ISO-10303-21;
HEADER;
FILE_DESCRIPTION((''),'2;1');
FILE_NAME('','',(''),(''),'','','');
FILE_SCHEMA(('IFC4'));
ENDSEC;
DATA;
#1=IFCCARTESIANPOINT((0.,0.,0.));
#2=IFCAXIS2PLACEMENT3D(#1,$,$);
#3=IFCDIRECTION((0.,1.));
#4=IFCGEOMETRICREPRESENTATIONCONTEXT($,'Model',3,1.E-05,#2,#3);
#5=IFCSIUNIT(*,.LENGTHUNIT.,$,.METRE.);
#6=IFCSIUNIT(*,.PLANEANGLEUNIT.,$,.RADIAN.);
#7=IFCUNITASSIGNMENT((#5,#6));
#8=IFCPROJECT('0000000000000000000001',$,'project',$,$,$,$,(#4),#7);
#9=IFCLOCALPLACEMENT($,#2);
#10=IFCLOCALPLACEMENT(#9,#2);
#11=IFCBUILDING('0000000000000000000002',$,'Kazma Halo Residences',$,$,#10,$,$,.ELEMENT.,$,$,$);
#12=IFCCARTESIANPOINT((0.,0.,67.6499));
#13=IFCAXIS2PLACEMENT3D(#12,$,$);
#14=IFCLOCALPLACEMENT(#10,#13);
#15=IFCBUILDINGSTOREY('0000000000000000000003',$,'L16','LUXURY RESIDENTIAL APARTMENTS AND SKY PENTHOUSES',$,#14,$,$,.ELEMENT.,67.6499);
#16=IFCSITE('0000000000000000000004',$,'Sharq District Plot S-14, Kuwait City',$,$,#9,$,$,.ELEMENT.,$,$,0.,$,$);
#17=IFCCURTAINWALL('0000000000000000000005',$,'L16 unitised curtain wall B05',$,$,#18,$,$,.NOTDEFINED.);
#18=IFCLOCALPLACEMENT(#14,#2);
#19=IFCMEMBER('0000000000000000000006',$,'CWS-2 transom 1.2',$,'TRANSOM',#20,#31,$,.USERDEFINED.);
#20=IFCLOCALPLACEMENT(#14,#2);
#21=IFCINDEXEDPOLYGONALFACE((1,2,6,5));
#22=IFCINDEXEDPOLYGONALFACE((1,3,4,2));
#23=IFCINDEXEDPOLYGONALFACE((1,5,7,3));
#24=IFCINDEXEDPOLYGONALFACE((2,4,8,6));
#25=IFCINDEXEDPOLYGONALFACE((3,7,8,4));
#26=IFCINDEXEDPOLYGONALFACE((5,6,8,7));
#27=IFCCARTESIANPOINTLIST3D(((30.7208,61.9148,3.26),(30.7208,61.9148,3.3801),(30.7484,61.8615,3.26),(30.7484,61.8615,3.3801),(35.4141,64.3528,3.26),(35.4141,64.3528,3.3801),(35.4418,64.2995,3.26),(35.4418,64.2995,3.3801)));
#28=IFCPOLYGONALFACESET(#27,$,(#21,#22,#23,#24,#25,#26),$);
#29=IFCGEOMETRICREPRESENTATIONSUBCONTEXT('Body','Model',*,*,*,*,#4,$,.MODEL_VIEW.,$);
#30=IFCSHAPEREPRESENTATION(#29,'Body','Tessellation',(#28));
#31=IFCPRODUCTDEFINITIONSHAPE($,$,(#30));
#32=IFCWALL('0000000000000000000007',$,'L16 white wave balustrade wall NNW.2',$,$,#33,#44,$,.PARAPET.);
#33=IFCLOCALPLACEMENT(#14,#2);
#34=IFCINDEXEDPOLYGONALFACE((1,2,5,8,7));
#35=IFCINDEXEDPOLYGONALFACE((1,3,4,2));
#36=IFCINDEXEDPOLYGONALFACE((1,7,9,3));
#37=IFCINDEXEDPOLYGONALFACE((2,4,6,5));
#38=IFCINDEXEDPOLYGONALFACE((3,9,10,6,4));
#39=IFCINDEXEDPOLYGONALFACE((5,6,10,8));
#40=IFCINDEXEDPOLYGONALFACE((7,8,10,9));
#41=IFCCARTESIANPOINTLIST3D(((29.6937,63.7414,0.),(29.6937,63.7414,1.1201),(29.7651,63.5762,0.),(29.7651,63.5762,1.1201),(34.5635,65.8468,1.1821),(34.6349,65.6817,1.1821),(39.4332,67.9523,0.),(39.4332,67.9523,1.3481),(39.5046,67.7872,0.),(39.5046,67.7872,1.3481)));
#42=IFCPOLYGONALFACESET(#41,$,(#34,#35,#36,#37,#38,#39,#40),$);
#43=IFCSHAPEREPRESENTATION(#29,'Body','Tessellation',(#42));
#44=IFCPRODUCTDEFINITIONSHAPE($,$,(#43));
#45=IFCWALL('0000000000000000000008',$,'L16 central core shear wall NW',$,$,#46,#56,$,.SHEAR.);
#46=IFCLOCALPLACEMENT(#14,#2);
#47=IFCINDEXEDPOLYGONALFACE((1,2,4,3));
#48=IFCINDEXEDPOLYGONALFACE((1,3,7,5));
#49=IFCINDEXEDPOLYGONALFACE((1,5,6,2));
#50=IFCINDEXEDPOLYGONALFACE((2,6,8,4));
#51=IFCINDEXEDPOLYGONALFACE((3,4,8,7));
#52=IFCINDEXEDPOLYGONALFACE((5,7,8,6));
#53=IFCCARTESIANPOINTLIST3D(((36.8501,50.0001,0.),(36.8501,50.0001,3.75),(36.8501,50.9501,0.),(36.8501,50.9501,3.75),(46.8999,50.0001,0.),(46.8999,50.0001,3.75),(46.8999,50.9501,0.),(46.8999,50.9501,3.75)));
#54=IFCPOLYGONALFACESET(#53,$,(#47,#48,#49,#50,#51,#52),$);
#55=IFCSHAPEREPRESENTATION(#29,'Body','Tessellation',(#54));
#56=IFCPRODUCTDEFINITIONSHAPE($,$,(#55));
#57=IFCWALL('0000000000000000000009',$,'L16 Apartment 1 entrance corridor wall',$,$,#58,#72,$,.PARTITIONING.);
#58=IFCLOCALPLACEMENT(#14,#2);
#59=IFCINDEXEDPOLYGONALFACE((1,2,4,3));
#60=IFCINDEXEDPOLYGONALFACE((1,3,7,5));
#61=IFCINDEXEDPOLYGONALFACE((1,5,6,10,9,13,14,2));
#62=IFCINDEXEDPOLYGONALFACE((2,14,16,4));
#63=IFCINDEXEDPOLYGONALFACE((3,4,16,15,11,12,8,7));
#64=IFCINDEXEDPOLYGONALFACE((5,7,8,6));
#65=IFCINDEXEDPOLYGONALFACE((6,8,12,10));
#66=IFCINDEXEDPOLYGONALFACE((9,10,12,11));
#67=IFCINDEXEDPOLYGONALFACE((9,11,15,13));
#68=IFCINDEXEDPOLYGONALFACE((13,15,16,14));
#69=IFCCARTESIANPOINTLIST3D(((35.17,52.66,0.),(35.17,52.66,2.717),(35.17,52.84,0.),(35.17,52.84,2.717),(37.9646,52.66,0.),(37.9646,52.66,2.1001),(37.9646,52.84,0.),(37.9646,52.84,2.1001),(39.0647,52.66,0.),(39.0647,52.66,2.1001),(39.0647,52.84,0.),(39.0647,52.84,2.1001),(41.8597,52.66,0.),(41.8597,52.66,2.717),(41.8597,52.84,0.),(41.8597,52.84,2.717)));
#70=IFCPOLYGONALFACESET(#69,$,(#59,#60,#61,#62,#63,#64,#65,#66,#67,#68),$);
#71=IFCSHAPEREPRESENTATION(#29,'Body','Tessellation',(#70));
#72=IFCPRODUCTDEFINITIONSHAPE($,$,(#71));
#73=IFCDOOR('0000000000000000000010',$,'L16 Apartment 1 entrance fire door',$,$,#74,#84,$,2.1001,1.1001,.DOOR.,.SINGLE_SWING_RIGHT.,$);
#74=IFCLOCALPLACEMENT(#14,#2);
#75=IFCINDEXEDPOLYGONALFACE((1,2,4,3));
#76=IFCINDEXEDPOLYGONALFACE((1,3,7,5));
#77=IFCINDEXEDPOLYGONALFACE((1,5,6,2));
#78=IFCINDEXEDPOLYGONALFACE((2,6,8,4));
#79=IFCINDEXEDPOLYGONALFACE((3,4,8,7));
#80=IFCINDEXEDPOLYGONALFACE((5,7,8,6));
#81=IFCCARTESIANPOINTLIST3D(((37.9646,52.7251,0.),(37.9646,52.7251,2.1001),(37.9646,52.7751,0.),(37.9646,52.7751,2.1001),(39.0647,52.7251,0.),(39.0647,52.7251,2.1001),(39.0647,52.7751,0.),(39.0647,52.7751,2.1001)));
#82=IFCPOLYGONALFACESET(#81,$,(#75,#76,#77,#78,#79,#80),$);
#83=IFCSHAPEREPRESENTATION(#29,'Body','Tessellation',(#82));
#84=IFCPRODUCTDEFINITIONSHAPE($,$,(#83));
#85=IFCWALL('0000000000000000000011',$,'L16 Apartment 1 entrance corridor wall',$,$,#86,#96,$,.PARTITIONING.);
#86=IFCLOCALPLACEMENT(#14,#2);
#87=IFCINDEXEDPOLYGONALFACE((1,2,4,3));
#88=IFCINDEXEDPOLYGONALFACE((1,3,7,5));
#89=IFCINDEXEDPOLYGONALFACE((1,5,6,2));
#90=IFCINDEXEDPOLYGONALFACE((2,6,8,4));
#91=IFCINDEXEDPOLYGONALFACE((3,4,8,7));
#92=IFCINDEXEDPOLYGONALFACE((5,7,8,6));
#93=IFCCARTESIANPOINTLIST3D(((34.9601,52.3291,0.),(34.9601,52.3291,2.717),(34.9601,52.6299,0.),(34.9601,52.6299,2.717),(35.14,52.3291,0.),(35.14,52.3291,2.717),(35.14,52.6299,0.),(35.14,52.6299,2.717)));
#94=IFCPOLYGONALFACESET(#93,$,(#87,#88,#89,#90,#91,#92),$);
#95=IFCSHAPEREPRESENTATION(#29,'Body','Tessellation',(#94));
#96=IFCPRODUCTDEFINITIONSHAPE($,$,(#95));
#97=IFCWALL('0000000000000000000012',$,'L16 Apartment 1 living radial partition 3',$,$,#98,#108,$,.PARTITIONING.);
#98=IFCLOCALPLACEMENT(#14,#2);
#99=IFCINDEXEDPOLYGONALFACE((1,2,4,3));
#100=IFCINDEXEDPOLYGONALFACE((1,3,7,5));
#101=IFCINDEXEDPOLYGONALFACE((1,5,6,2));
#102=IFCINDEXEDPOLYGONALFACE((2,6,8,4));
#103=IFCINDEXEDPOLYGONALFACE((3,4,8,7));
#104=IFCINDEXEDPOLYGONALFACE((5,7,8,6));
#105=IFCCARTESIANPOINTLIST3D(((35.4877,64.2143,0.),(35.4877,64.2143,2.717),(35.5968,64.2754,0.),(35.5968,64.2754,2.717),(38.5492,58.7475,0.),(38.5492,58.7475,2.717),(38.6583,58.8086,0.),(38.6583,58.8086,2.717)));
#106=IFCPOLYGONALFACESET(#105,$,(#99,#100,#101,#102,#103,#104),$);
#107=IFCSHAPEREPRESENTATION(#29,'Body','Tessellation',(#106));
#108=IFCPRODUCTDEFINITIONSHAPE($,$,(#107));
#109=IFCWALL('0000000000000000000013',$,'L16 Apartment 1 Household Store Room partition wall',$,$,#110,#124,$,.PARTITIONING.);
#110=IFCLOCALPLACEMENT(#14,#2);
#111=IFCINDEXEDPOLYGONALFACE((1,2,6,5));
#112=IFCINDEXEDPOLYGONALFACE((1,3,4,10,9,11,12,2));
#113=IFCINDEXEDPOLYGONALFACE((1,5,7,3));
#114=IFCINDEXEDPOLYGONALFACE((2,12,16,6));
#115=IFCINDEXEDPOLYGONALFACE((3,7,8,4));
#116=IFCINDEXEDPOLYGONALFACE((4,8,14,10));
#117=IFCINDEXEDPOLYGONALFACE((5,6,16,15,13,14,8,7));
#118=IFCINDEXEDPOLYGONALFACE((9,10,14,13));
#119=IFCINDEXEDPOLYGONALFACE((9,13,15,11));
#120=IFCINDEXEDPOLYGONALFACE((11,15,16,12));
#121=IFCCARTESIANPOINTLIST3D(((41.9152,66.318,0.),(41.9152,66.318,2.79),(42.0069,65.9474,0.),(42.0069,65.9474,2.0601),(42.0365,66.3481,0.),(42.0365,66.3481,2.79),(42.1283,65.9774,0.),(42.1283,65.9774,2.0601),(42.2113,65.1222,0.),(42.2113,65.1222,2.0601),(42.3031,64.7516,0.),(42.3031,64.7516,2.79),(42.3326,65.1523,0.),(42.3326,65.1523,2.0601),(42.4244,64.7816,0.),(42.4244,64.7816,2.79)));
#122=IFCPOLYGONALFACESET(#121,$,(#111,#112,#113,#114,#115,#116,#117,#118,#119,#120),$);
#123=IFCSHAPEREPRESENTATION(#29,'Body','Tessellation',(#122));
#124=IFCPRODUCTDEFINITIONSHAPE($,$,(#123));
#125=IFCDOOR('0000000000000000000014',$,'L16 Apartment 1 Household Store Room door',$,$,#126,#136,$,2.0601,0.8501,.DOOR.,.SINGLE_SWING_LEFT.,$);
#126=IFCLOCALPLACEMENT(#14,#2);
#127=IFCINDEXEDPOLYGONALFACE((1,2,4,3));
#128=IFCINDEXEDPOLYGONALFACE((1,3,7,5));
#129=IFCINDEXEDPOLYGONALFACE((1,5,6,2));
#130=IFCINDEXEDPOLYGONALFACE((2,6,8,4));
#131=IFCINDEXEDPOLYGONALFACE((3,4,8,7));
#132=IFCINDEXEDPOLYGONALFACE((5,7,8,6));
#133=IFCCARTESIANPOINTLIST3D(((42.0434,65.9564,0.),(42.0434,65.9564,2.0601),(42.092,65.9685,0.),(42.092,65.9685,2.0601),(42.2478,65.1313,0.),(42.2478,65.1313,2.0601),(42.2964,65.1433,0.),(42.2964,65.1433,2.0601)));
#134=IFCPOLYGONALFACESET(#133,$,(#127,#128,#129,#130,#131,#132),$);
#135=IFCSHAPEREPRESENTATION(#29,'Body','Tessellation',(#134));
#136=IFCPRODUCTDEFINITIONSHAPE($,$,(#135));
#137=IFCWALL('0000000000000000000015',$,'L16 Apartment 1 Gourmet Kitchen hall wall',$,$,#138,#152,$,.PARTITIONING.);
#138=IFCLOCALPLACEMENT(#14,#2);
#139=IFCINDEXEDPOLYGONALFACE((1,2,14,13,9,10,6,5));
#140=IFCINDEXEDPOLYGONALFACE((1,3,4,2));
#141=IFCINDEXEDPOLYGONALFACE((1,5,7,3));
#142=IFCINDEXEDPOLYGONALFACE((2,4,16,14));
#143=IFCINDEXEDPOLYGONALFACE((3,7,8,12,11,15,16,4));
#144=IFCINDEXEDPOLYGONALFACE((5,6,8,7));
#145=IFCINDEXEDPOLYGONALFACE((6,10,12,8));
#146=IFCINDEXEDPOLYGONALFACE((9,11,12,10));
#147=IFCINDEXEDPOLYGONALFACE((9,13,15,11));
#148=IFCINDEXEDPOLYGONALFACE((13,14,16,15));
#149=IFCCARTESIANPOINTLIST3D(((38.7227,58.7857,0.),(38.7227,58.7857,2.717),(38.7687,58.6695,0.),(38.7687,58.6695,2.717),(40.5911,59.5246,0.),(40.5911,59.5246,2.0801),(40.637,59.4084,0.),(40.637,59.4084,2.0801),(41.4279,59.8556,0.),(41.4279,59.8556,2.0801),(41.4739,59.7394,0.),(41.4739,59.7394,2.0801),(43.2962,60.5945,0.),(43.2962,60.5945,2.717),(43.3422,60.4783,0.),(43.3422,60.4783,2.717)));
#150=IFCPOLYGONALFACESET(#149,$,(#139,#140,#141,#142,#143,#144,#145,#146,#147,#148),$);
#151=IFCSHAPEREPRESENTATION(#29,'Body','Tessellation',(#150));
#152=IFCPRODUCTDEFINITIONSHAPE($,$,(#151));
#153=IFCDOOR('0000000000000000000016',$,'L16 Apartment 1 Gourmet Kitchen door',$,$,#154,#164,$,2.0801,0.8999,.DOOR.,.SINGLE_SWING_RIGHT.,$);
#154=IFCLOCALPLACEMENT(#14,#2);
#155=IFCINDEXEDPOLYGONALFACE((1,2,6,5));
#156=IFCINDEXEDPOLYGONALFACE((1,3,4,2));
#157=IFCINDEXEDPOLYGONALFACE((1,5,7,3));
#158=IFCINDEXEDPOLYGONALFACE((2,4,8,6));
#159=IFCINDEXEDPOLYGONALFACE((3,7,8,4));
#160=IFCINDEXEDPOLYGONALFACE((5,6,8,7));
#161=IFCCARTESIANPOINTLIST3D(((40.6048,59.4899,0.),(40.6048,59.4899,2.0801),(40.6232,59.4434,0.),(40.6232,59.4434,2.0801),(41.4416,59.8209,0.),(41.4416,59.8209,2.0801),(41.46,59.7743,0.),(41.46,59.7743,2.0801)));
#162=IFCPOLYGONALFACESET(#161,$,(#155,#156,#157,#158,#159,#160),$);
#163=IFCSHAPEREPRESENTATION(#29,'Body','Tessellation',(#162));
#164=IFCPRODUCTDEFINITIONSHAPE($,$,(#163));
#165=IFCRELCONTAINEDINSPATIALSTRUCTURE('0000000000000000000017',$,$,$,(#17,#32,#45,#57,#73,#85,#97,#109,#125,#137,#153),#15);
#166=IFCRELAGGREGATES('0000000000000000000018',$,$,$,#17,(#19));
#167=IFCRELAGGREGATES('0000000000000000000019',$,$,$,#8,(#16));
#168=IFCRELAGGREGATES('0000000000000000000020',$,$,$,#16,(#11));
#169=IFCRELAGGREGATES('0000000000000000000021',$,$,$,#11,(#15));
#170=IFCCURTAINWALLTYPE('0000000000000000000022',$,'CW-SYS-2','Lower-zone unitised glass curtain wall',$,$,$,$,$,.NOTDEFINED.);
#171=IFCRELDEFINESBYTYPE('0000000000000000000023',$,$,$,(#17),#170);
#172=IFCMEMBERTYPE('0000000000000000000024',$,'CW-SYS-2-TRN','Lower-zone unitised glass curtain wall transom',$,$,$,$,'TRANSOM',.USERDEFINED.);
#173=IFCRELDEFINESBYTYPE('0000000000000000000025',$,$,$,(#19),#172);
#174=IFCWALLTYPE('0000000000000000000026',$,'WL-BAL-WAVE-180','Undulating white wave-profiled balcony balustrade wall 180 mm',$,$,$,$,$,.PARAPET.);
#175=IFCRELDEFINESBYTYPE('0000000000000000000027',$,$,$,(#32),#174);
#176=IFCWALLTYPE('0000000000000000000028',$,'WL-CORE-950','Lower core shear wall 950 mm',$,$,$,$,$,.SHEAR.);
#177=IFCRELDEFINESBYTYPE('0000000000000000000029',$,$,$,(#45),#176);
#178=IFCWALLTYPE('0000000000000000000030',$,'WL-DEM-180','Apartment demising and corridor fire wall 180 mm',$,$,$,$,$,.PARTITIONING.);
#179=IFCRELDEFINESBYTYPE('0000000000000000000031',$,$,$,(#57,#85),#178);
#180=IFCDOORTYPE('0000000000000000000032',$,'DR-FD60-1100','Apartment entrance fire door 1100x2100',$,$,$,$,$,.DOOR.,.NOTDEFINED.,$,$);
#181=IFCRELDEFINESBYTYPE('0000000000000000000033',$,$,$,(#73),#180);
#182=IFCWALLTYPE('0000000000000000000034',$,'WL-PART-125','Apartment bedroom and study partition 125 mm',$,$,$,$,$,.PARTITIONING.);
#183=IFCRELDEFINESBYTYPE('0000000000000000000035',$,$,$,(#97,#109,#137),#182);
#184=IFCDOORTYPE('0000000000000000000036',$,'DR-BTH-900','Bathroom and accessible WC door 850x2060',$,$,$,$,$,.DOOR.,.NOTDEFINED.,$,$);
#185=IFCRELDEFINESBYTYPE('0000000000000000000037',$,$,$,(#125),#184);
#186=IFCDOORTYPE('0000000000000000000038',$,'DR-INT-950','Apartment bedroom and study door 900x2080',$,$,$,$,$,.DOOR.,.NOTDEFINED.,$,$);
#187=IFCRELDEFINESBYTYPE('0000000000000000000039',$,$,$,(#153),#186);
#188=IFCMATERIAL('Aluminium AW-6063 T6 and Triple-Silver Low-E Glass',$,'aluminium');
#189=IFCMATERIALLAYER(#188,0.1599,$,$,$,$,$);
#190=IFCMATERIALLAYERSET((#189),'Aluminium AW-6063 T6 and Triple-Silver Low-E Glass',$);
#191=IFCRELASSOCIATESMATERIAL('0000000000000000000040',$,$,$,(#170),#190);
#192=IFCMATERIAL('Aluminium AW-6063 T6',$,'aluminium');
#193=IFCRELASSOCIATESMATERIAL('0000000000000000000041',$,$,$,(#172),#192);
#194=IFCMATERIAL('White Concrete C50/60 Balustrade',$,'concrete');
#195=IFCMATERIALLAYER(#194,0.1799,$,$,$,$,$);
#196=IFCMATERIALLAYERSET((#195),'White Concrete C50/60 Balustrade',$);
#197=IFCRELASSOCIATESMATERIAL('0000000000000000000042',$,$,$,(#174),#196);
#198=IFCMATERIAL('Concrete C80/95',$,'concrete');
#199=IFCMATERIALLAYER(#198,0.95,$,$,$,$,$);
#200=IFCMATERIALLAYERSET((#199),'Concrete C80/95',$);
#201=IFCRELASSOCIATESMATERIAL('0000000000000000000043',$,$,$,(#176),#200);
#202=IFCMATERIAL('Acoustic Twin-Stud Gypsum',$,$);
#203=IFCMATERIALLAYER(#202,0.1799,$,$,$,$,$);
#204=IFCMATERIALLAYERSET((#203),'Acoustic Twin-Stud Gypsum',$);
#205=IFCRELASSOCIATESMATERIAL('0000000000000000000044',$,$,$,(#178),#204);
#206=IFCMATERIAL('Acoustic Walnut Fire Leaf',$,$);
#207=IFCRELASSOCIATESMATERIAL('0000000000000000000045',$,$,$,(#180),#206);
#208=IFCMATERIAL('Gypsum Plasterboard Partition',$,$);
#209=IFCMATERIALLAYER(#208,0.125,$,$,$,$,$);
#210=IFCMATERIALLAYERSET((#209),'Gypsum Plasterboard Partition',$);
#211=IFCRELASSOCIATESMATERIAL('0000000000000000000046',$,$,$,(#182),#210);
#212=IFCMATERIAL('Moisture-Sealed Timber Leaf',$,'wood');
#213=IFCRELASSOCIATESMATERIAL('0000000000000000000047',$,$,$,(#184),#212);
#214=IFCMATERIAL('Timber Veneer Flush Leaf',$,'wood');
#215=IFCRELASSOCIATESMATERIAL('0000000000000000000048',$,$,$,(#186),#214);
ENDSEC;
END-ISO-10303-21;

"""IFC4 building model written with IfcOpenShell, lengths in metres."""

from ifc_helpers import new_model, si_unit, direction, frame, frame_2d, origin, origin_2d, place, context, subcontext, project, spatial, polyline, rectangle, outline, extrude, material, layer, layer_set, material_profile, profile_set, type_object, element, fill, aggregate, save


model = new_model("IFC4")

# Units and contexts
model_context = context("Model", 3, precision=1e-05, world=origin(), true_north=direction((0.0, 1.0)))
body_context = subcontext(model_context, "Body", "Model", "MODEL_VIEW")
ifc_project = project(units=[si_unit("LENGTHUNIT", "METRE"), si_unit("PLANEANGLEUNIT", "RADIAN")], contexts=[model_context])

# Site, building, storey
site_placement = place(None, origin())
site = spatial("IfcSite", under=ifc_project, at=site_placement, Name="Sharq District Plot S-14, Kuwait City", CompositionType="ELEMENT", RefElevation=0.0)
building_placement = place(site_placement, origin())
building = spatial("IfcBuilding", under=site, at=building_placement, Name="Kazma Halo Residences", CompositionType="ELEMENT")
storey_placement = place(building_placement, frame((0.0, 0.0, 67.6499)))
storey = spatial("IfcBuildingStorey", under=building, at=storey_placement, Name="L16", Description="LUXURY RESIDENTIAL APARTMENTS AND SKY PENTHOUSES", CompositionType="ELEMENT", Elevation=67.6499)

# Shared definitions
ifc_material_1 = material(Name="Concrete C80/95", Category="concrete")

# Shared definitions
ifc_material_2 = material(Name="Aluminium AW-6063 T6 and Triple-Silver Low-E Glass", Category="aluminium")
ifc_layer_1 = layer(ifc_material_2, 0.1599)
ifc_layer_set_1 = layer_set([ifc_layer_1], Name="Aluminium AW-6063 T6 and Triple-Silver Low-E Glass")
curtain_wall_type = type_object("IfcCurtainWallType", Name="CW-SYS-2", Description="Lower-zone unitised glass curtain wall", PredefinedType="NOTDEFINED", material=ifc_layer_set_1)
ifc_material_3 = material(Name="Aluminium AW-6063 T6", Category="aluminium")

# Curtain wall, member
curtain_wall_1_placement = place(storey_placement, origin())
curtain_wall_1 = element("IfcCurtainWall", 1, at=curtain_wall_1_placement, inside=storey, type_object=curtain_wall_type, Name="L16 unitised curtain wall B05", PredefinedType="NOTDEFINED")
ifc_material_profile_1 = material_profile(ifc_material_3, rectangle(XDim=0.0601, YDim=0.1201, at=origin_2d()), Name="CWT-60x120")
ifc_profile_set_1 = profile_set([ifc_material_profile_1], Name="Aluminium AW-6063 T6")
member_type_1 = type_object("IfcMemberType", Name="CW-SYS-2-TRN", Description="Lower-zone unitised glass curtain wall transom", ElementType="TRANSOM", PredefinedType="USERDEFINED", material=ifc_profile_set_1)
member_1_placement = place(storey_placement, frame((35.428, 64.3262, 3.3201), z_axis=(-0.887415, -0.460972, 0.0), x_axis=(0.460972, -0.887415, 0.0)))
member_1 = element("IfcMember", 2, at=member_1_placement, type_object=member_type_1, Name="CWS-2 transom 1.2", ObjectType="TRANSOM", PredefinedType="USERDEFINED", context=body_context, shape_type="SweptSolid", body=[
    extrude(rectangle(XDim=0.0601, YDim=0.1201, at=origin_2d()), origin(), (0.0, 0.0, 1.0), 5.2888),
])
aggregate(curtain_wall_1, [member_1])

# Walls
ifc_material_4 = material(Name="White Concrete C50/60 Balustrade", Category="concrete")
ifc_layer_2 = layer(ifc_material_4, 0.1799)
ifc_layer_set_2 = layer_set([ifc_layer_2], Name="White Concrete C50/60 Balustrade")
wall_type_1 = type_object("IfcWallType", Name="WL-BAL-WAVE-180", Description="Undulating white wave-profiled balcony balustrade wall 180 mm", PredefinedType="PARAPET", material=ifc_layer_set_2)
wall_1_placement = place(storey_placement, frame((39.469, 67.8696, 0.0), z_axis=(0.0, 0.0, 1.0), x_axis=(-0.917882, -0.396852, 0.0)))
element("IfcWall", 3, at=wall_1_placement, inside=storey, type_object=wall_type_1, Name="L16 white wave balustrade wall NNW.2", PredefinedType="PARAPET", context=body_context, shape_type="SweptSolid", body=[
    extrude(outline(polyline([(0.0, 0.0), (10.6108, 0.0), (10.6108, 1.1201), (5.3054, 1.1821), (0.0, 1.3481), (0.0, 0.0)])), frame((0.0, 0.0898, 0.0), z_axis=(0.0, -1.0, 0.0), x_axis=(1.0, 0.0, 0.0)), (0.0, 0.0, 1.0), 0.1799),
])
ifc_layer_3 = layer(ifc_material_1, 0.95)
ifc_layer_set_3 = layer_set([ifc_layer_3], Name="Concrete C80/95")
wall_type_2 = type_object("IfcWallType", Name="WL-CORE-950", Description="Lower core shear wall 950 mm", PredefinedType="SHEAR", material=ifc_layer_set_3)
wall_2_placement = place(storey_placement, frame((36.8501, 50.4751, 0.0), z_axis=(0.0, 0.0, 1.0), x_axis=(1.0, 0.0, 0.0)))
element("IfcWall", 4, at=wall_2_placement, inside=storey, type_object=wall_type_2, Name="L16 central core shear wall NW", PredefinedType="SHEAR", context=body_context, shape_type="SweptSolid", body=[
    extrude(rectangle(XDim=10.0498, YDim=0.95, at=frame_2d((5.0249, 0.0))), origin(), (0.0, 0.0, 1.0), 3.75),
])

# Wall, opening, door
ifc_material_5 = material(Name="Acoustic Twin-Stud Gypsum")
ifc_layer_4 = layer(ifc_material_5, 0.1799)
ifc_layer_set_4 = layer_set([ifc_layer_4], Name="Acoustic Twin-Stud Gypsum")
wall_type_3 = type_object("IfcWallType", Name="WL-DEM-180", Description="Apartment demising and corridor fire wall 180 mm", PredefinedType="PARTITIONING", material=ifc_layer_set_4)
wall_3_placement = place(storey_placement, frame((41.8596, 52.75, 0.0), z_axis=(0.0, 0.0, 1.0), x_axis=(-1.0, 0.0, 0.0)))
wall_3 = element("IfcWall", 5, at=wall_3_placement, inside=storey, type_object=wall_type_3, Name="L16 Apartment 1 entrance corridor wall", PredefinedType="PARTITIONING", context=body_context, shape_type="SweptSolid", body=[
    extrude(rectangle(XDim=6.6897, YDim=0.1799, at=frame_2d((3.3447, 0.0))), origin(), (0.0, 0.0, 1.0), 2.717),
])
opening_1_placement = place(wall_3_placement, frame((2.7949, 0.0, 0.0)))
opening_1 = element("IfcOpeningElement", 6, at=opening_1_placement, cuts=wall_3, PredefinedType="OPENING", context=body_context, shape_type="SweptSolid", body=[
    extrude(rectangle(XDim=1.1001, YDim=2.1001, at=frame_2d((0.55, 1.05))), frame((0.0, 0.0999, 0.0), z_axis=(0.0, -1.0, 0.0), x_axis=(1.0, 0.0, 0.0)), (0.0, 0.0, 1.0), 0.2),
])
ifc_material_6 = material(Name="Acoustic Walnut Fire Leaf")
door_type_1 = type_object("IfcDoorType", Name="DR-FD60-1100", Description="Apartment entrance fire door 1100x2100", OperationType="NOTDEFINED", PredefinedType="DOOR", material=ifc_material_6)
door_1_placement = place(opening_1_placement, origin())
door_1 = element("IfcDoor", 7, at=door_1_placement, inside=storey, type_object=door_type_1, Name="L16 Apartment 1 entrance fire door", OperationType="SINGLE_SWING_RIGHT", OverallHeight=2.1001, OverallWidth=1.1001, PredefinedType="DOOR", context=body_context, shape_type="SweptSolid", body=[
    extrude(rectangle(XDim=1.1001, YDim=2.1001, at=frame_2d((0.55, 1.05))), frame((0.0, 0.0249, 0.0), z_axis=(0.0, -1.0, 0.0), x_axis=(1.0, 0.0, 0.0)), (0.0, 0.0, 1.0), 0.05),
])
fill(opening_1, door_1)

# Wall
wall_4_placement = place(storey_placement, frame((35.05, 52.6299, 0.0), z_axis=(0.0, 0.0, 1.0), x_axis=(0.0, -1.0, 0.0)))
element("IfcWall", 8, at=wall_4_placement, inside=storey, type_object=wall_type_3, Name="L16 Apartment 1 entrance corridor wall", PredefinedType="PARTITIONING", context=body_context, shape_type="SweptSolid", body=[
    extrude(rectangle(XDim=0.3008, YDim=0.1799, at=frame_2d((0.1504, 0.0))), origin(), (0.0, 0.0, 1.0), 2.717),
])

# Wall
ifc_material_7 = material(Name="Gypsum Plasterboard Partition")
ifc_layer_5 = layer(ifc_material_7, 0.125)
ifc_layer_set_5 = layer_set([ifc_layer_5], Name="Gypsum Plasterboard Partition")
wall_type_4 = type_object("IfcWallType", Name="WL-PART-125", Description="Apartment bedroom and study partition 125 mm", PredefinedType="PARTITIONING", material=ifc_layer_set_5)
wall_5_placement = place(storey_placement, frame((38.6038, 58.7781, 0.0), z_axis=(0.0, 0.0, 1.0), x_axis=(-0.488618, 0.872498, 0.0)))
element("IfcWall", 9, at=wall_5_placement, inside=storey, type_object=wall_type_4, Name="L16 Apartment 1 living radial partition 3", PredefinedType="PARTITIONING", context=body_context, shape_type="SweptSolid", body=[
    extrude(rectangle(XDim=6.2656, YDim=0.125, at=frame_2d((3.1328, 0.0))), origin(), (0.0, 0.0, 1.0), 2.717),
])

# Walls, openings, doors
wall_6_placement = place(storey_placement, frame((42.3638, 64.7666, 0.0), z_axis=(0.0, 0.0, 1.0), x_axis=(-0.240399, 0.970674, 0.0)))
wall_6 = element("IfcWall", 10, at=wall_6_placement, inside=storey, type_object=wall_type_4, Name="L16 Apartment 1 Household Store Room partition wall", PredefinedType="PARTITIONING", context=body_context, shape_type="SweptSolid", body=[
    extrude(rectangle(XDim=1.6138, YDim=0.125, at=frame_2d((0.8069, 0.0))), origin(), (0.0, 0.0, 1.0), 2.79),
])
opening_2_placement = place(wall_6_placement, frame((0.3818, 0.0, 0.0)))
opening_2 = element("IfcOpeningElement", 11, at=opening_2_placement, cuts=wall_6, PredefinedType="OPENING", context=body_context, shape_type="SweptSolid", body=[
    extrude(rectangle(XDim=0.8501, YDim=2.0601, at=frame_2d((0.425, 1.03))), frame((0.0, 0.0725, 0.0), z_axis=(0.0, -1.0, 0.0), x_axis=(1.0, 0.0, 0.0)), (0.0, 0.0, 1.0), 0.145),
])
ifc_material_8 = material(Name="Moisture-Sealed Timber Leaf", Category="wood")
door_type_2 = type_object("IfcDoorType", Name="DR-BTH-900", Description="Bathroom and accessible WC door 850x2060", OperationType="NOTDEFINED", PredefinedType="DOOR", material=ifc_material_8)
door_2_placement = place(opening_2_placement, origin())
door_2 = element("IfcDoor", 12, at=door_2_placement, inside=storey, type_object=door_type_2, Name="L16 Apartment 1 Household Store Room door", OperationType="SINGLE_SWING_LEFT", OverallHeight=2.0601, OverallWidth=0.8501, PredefinedType="DOOR", context=body_context, shape_type="SweptSolid", body=[
    extrude(rectangle(XDim=0.8501, YDim=2.0601, at=frame_2d((0.425, 1.03))), frame((0.0, 0.0249, 0.0), z_axis=(0.0, -1.0, 0.0), x_axis=(1.0, 0.0, 0.0)), (0.0, 0.0, 1.0), 0.05),
])
fill(opening_2, door_2)
wall_7_placement = place(storey_placement, frame((43.3191, 60.5364, 0.0), z_axis=(0.0, 0.0, 1.0), x_axis=(-0.929911, -0.367785, 0.0)))
wall_7 = element("IfcWall", 13, at=wall_7_placement, inside=storey, type_object=wall_type_4, Name="L16 Apartment 1 Gourmet Kitchen hall wall", PredefinedType="PARTITIONING", context=body_context, shape_type="SweptSolid", body=[
    extrude(rectangle(XDim=4.9182, YDim=0.125, at=frame_2d((2.459, 0.0))), origin(), (0.0, 0.0, 1.0), 2.717),
])
opening_3_placement = place(wall_7_placement, frame((2.009, 0.0, 0.0)))
opening_3 = element("IfcOpeningElement", 14, at=opening_3_placement, cuts=wall_7, PredefinedType="OPENING", context=body_context, shape_type="SweptSolid", body=[
    extrude(rectangle(XDim=0.8999, YDim=2.0801, at=frame_2d((0.45, 1.04))), frame((0.0, 0.0725, 0.0), z_axis=(0.0, -1.0, 0.0), x_axis=(1.0, 0.0, 0.0)), (0.0, 0.0, 1.0), 0.145),
])
ifc_material_9 = material(Name="Timber Veneer Flush Leaf", Category="wood")
door_type_3 = type_object("IfcDoorType", Name="DR-INT-950", Description="Apartment bedroom and study door 900x2080", OperationType="NOTDEFINED", PredefinedType="DOOR", material=ifc_material_9)
door_3_placement = place(opening_3_placement, origin())
door_3 = element("IfcDoor", 15, at=door_3_placement, inside=storey, type_object=door_type_3, Name="L16 Apartment 1 Gourmet Kitchen door", OperationType="SINGLE_SWING_RIGHT", OverallHeight=2.0801, OverallWidth=0.8999, PredefinedType="DOOR", context=body_context, shape_type="SweptSolid", body=[
    extrude(rectangle(XDim=0.8999, YDim=2.0801, at=frame_2d((0.45, 1.04))), frame((0.0, 0.0249, 0.0), z_axis=(0.0, -1.0, 0.0), x_axis=(1.0, 0.0, 0.0)), (0.0, 0.0, 1.0), 0.05),
])
fill(opening_3, door_3)

save(model, "model.ifc")
